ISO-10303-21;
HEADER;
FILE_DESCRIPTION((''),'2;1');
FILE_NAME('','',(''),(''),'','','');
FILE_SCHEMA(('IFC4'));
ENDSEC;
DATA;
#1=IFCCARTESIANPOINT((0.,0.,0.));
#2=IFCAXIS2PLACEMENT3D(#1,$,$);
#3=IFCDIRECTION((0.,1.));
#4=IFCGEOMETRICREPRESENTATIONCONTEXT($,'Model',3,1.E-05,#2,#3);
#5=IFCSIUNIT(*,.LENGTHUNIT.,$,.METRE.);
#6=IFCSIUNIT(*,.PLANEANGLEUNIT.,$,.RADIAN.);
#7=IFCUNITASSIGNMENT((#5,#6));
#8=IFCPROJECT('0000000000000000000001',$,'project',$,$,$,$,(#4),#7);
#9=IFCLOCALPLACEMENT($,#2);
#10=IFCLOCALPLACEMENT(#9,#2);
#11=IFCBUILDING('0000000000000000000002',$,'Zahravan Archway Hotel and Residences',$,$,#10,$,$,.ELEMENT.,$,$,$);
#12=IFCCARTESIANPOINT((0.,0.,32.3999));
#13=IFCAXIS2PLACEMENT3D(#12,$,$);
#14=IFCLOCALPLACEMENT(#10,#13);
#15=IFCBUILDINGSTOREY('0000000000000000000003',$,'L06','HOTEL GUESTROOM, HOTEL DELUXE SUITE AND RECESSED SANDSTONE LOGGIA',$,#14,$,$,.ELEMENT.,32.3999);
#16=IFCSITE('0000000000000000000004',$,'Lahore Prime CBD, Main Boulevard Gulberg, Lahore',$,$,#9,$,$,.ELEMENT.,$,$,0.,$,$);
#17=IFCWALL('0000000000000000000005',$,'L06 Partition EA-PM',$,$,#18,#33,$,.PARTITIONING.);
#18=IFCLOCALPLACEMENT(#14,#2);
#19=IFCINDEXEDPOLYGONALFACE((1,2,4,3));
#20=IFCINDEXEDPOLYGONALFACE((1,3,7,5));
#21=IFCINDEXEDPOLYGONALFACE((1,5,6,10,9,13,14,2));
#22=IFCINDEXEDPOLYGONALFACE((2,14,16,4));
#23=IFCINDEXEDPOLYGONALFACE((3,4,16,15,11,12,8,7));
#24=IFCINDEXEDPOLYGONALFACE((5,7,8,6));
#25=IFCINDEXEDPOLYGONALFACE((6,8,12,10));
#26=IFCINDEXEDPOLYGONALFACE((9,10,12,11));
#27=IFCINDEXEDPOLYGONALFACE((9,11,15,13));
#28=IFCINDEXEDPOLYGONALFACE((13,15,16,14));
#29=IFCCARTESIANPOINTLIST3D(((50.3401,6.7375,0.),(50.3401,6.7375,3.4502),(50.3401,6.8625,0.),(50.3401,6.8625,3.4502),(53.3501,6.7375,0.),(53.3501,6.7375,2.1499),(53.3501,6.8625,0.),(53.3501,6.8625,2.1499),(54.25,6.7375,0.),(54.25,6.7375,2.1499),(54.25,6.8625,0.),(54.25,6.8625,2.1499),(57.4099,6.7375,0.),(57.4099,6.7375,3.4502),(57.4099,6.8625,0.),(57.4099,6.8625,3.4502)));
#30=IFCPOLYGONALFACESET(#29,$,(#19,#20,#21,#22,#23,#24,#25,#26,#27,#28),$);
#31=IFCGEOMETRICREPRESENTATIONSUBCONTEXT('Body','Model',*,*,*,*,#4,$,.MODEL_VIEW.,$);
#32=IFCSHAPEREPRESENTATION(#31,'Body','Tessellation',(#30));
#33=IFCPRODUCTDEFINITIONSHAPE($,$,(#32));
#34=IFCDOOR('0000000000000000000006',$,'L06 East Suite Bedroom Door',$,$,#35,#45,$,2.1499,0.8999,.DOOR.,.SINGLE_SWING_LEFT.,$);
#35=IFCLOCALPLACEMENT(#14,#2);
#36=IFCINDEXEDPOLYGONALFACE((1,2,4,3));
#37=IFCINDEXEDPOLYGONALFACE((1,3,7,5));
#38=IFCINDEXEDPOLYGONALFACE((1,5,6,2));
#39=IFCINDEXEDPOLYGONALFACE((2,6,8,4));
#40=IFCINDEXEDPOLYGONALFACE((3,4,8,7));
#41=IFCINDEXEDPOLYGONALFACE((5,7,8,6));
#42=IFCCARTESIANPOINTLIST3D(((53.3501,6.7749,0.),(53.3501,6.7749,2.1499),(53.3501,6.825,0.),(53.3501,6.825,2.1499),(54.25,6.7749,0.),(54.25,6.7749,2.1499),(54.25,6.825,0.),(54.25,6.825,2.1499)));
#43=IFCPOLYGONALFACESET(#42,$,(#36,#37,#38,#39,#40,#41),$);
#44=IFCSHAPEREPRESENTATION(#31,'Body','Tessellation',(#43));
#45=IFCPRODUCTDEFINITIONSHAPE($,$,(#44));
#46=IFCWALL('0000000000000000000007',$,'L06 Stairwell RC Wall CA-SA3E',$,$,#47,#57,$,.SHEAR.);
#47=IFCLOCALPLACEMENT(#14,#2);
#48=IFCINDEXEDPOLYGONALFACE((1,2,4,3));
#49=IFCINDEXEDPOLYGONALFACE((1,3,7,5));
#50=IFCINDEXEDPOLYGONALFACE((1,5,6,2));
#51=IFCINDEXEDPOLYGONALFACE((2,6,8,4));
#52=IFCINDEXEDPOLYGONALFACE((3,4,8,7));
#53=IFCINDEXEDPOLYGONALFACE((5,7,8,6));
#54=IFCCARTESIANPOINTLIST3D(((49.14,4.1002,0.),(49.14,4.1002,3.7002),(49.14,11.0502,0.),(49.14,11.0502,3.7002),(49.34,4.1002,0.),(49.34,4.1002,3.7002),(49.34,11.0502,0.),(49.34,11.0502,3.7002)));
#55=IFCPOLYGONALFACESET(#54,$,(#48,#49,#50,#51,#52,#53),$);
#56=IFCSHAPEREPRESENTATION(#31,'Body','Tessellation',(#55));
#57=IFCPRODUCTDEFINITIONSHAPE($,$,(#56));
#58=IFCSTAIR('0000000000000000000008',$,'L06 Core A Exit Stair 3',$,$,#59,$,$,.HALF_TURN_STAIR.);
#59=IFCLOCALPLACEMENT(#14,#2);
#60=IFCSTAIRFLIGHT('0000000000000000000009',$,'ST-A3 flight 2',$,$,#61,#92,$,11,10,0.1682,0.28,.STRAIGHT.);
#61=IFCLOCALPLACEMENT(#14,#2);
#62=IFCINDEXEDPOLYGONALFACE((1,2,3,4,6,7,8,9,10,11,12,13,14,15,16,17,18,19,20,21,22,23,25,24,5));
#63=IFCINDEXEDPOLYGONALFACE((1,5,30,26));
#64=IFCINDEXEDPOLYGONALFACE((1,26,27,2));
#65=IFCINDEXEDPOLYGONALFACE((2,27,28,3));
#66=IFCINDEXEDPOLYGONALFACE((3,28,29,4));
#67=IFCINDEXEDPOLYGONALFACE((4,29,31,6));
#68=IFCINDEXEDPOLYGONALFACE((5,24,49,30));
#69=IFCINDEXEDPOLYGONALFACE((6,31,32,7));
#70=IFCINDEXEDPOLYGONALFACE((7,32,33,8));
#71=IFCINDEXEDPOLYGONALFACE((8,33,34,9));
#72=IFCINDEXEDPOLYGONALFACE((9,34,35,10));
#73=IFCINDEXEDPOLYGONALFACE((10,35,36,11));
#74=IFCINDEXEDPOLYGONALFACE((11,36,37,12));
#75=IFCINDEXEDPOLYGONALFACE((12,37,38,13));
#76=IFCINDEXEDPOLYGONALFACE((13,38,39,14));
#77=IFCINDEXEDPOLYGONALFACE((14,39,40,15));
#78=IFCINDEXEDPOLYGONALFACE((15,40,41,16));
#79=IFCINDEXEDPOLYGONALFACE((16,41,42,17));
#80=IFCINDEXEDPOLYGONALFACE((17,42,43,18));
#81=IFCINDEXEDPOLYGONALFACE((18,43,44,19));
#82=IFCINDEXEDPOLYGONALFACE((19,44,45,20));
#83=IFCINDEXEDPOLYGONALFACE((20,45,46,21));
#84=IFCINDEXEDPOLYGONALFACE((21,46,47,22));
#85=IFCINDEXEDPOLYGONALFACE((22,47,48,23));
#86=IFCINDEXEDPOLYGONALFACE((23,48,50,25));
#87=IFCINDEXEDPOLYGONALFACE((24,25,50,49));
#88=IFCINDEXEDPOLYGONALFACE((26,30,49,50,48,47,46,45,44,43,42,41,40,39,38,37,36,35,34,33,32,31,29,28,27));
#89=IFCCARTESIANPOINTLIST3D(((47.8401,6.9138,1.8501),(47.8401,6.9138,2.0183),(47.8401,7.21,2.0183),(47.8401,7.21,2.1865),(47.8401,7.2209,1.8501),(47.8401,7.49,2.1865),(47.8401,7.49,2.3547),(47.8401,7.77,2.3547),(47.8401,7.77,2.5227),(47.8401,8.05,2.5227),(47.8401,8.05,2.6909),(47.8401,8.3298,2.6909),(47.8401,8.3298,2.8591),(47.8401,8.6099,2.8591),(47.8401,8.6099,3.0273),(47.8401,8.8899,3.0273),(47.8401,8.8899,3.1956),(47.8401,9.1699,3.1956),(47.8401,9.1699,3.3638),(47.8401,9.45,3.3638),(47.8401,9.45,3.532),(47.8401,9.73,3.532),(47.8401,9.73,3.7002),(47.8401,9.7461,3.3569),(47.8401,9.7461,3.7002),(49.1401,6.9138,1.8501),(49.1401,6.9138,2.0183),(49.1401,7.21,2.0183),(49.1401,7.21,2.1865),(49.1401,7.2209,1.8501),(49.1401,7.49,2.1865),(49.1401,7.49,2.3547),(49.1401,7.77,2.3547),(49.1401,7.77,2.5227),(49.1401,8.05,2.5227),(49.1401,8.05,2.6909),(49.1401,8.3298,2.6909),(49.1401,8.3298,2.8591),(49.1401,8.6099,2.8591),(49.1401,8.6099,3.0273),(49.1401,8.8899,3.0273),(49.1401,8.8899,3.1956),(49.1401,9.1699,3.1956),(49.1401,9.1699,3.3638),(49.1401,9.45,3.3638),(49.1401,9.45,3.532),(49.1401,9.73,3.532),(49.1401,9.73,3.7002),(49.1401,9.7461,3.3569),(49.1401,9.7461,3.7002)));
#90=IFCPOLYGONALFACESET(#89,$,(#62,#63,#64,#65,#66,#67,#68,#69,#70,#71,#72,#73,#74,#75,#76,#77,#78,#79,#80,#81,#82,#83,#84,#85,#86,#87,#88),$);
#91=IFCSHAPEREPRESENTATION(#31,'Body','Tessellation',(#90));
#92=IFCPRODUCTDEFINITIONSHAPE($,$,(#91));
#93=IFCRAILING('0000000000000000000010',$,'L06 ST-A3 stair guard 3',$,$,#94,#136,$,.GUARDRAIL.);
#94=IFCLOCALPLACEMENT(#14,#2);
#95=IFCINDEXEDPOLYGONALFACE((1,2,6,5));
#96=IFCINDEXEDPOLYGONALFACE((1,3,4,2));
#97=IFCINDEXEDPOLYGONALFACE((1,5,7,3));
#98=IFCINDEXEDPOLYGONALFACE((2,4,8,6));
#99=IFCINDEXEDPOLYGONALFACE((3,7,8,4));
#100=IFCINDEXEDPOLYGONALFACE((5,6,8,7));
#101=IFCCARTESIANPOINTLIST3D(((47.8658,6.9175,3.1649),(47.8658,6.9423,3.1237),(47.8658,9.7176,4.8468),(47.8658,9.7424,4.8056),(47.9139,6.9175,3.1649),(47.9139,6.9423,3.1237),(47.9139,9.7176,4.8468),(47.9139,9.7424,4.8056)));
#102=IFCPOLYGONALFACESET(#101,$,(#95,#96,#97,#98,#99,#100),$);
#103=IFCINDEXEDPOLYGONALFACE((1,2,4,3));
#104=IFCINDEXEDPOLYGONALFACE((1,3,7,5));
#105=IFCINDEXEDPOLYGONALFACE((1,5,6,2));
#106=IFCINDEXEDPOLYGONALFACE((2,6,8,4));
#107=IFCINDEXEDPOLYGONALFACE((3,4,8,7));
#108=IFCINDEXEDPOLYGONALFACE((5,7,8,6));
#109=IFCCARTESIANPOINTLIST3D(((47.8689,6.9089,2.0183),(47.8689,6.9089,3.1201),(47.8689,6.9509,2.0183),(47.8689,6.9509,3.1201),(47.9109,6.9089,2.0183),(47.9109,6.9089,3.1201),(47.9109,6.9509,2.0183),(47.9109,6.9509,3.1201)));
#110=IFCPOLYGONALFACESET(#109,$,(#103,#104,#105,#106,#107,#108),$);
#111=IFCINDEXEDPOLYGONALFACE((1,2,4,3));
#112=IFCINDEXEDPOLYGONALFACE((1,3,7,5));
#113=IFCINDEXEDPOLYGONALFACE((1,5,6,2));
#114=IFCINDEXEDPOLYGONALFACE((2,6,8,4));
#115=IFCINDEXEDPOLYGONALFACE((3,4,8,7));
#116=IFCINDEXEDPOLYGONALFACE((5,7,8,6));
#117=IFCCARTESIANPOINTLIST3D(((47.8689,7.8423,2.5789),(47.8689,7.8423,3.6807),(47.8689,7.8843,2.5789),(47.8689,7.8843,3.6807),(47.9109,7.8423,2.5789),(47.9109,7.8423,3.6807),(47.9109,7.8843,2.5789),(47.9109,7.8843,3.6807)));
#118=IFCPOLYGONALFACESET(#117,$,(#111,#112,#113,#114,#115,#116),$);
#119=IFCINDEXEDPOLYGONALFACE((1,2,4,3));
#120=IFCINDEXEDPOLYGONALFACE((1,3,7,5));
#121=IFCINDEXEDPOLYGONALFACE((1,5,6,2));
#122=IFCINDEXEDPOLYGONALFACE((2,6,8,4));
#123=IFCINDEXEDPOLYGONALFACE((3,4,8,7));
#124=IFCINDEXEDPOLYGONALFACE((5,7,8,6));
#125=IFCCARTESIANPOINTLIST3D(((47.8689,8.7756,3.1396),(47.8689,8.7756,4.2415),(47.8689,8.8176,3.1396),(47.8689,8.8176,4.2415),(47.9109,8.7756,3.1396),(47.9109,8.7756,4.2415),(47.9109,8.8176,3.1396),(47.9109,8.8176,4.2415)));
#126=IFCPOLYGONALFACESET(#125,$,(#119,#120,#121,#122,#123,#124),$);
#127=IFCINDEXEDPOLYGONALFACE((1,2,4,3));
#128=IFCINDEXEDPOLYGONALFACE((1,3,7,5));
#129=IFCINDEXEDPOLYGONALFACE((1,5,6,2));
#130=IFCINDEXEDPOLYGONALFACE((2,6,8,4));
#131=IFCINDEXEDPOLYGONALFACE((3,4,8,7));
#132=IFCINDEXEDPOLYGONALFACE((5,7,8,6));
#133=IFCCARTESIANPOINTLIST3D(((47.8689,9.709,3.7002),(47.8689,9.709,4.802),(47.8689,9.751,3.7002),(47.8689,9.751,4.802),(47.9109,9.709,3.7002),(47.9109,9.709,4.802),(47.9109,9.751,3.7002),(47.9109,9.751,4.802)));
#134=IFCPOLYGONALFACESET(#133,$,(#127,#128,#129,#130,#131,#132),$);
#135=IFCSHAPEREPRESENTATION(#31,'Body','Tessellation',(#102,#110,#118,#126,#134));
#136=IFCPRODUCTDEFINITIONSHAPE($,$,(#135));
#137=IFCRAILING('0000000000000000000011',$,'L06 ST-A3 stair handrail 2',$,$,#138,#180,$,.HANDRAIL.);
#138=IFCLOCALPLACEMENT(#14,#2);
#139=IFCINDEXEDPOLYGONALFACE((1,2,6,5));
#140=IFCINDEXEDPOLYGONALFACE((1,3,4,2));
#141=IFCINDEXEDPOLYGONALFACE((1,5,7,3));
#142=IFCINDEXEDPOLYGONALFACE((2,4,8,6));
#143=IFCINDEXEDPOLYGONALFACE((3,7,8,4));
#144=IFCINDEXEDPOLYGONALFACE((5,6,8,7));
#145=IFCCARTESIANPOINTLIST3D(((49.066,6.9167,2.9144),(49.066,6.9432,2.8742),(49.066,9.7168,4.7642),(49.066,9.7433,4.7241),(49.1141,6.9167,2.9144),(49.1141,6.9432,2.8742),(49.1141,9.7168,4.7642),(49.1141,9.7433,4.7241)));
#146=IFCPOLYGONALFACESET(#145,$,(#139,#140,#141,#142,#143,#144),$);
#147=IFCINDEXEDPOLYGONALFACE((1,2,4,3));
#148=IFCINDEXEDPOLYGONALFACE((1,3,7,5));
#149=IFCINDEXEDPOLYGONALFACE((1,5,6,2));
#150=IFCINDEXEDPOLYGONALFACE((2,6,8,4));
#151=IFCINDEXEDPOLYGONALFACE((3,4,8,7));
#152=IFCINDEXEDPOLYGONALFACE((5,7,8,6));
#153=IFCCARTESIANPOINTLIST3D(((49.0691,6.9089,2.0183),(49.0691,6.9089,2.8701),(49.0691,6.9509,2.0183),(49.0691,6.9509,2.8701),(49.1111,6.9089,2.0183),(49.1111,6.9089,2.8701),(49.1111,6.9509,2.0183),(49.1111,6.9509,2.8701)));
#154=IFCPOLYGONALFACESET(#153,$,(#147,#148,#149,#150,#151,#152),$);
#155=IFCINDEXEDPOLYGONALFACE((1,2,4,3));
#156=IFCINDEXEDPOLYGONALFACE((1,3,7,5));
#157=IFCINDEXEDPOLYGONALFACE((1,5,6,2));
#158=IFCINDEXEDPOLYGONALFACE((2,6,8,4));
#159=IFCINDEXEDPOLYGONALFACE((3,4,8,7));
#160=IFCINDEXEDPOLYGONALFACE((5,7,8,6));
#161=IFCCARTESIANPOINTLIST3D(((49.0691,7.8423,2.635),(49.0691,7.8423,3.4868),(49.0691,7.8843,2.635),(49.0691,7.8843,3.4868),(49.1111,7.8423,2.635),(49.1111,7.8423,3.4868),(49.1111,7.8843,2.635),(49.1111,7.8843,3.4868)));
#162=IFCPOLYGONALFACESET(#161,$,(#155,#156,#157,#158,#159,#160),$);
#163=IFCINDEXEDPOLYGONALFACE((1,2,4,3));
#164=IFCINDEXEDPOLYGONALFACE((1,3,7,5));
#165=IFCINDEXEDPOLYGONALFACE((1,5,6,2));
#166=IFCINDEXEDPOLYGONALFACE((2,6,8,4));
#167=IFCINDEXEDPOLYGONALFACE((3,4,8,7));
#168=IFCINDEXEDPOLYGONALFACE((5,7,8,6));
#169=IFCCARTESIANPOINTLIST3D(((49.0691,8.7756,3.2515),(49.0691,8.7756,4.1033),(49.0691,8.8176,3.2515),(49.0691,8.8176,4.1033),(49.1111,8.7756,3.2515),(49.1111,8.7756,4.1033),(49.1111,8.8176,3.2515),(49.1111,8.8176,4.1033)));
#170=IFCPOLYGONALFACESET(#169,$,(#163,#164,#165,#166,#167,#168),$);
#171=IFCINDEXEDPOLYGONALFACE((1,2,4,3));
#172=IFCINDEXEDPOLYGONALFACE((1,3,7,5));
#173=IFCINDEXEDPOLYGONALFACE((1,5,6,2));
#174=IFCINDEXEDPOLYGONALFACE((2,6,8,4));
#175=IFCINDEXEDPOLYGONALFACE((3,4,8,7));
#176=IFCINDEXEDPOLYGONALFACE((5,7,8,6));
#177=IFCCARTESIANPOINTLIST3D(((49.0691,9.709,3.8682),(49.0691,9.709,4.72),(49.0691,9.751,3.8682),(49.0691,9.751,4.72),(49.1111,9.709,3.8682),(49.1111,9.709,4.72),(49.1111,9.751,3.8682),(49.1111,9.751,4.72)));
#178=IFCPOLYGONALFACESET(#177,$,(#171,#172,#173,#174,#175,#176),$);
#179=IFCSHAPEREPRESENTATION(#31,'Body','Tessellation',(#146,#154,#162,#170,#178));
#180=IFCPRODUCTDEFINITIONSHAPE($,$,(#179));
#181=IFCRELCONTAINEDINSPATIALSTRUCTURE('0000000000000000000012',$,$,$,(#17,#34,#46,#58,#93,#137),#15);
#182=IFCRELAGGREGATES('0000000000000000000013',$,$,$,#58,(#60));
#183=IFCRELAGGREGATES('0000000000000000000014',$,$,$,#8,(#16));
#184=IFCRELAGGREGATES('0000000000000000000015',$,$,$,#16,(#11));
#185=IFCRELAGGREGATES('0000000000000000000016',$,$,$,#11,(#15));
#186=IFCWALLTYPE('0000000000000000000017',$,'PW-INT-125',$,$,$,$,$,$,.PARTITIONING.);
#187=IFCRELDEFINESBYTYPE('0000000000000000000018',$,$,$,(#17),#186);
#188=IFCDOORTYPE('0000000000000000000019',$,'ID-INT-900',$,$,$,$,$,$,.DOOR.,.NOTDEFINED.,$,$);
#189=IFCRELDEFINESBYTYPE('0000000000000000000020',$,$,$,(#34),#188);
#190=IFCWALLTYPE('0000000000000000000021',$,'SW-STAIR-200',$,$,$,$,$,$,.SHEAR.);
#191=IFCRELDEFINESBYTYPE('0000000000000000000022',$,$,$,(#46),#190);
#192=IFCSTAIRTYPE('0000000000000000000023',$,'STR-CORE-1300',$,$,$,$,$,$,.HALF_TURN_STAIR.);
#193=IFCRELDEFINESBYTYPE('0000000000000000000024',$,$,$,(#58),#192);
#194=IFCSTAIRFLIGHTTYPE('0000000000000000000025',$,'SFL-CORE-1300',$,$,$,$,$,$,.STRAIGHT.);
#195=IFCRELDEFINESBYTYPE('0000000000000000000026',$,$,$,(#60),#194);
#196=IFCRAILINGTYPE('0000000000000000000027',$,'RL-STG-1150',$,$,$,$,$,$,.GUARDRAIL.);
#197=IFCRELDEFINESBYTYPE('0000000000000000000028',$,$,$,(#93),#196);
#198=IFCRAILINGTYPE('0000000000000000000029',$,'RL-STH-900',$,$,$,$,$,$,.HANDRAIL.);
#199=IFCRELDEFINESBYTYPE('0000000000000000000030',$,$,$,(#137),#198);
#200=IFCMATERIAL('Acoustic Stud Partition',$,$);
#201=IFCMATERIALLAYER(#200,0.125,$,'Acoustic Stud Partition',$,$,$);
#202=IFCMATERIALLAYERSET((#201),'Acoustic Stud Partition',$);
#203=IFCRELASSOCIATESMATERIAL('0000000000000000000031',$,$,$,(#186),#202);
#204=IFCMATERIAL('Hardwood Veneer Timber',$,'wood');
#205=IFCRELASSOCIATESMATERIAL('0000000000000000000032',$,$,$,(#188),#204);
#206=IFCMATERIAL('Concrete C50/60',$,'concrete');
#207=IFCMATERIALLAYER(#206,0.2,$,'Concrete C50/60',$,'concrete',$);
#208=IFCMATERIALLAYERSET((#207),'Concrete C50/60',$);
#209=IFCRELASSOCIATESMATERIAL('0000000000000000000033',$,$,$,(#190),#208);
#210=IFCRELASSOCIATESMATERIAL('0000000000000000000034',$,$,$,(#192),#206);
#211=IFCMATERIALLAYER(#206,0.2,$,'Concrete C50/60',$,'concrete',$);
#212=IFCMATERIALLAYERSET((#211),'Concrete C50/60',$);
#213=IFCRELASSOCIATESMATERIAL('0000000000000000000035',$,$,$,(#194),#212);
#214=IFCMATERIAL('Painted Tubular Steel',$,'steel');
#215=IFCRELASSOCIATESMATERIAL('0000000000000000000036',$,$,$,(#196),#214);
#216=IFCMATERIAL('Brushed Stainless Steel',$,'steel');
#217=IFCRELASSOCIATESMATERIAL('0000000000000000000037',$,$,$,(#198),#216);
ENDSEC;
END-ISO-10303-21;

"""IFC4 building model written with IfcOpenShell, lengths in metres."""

from ifc_helpers import new_model, si_unit, direction, frame, frame_2d, origin, origin_2d, place, context, subcontext, project, spatial, polyline, rectangle, outline, extrude, source, transform, mapped, material, layer, layer_set, type_object, type_shapes, element, fill, aggregate, save


model = new_model("IFC4")

# Units and contexts
model_context = context("Model", 3, precision=1e-05, world=origin(), true_north=direction((0.0, 1.0)))
body_context = subcontext(model_context, "Body", "Model", "MODEL_VIEW")
ifc_project = project(units=[si_unit("LENGTHUNIT", "METRE"), si_unit("PLANEANGLEUNIT", "RADIAN")], contexts=[model_context])

# Site, building, storey
site_placement = place(None, origin())
site = spatial("IfcSite", under=ifc_project, at=site_placement, Name="Lahore Prime CBD, Main Boulevard Gulberg, Lahore", CompositionType="ELEMENT", RefElevation=0.0)
building_placement = place(site_placement, origin())
building = spatial("IfcBuilding", under=site, at=building_placement, Name="Zahravan Archway Hotel and Residences", CompositionType="ELEMENT")
storey_placement = place(building_placement, frame((0.0, 0.0, 32.3999)))
storey = spatial("IfcBuildingStorey", under=building, at=storey_placement, Name="L06", Description="HOTEL GUESTROOM, HOTEL DELUXE SUITE AND RECESSED SANDSTONE LOGGIA", CompositionType="ELEMENT", Elevation=32.3999)

# Wall, opening, door
ifc_material_1 = material(Name="Acoustic Stud Partition")
ifc_layer_1 = layer(ifc_material_1, 0.125, Name="Acoustic Stud Partition")
ifc_layer_set_1 = layer_set([ifc_layer_1], Name="Acoustic Stud Partition")
wall_type_1 = type_object("IfcWallType", Name="PW-INT-125", PredefinedType="PARTITIONING", material=ifc_layer_set_1)
wall_1_placement = place(storey_placement, frame((50.3401, 6.8, 0.0), z_axis=(0.0, 0.0, 1.0), x_axis=(1.0, 0.0, 0.0)))
wall_1 = element("IfcWall", 1, at=wall_1_placement, inside=storey, type_object=wall_type_1, Name="L06 Partition EA-PM", PredefinedType="PARTITIONING", context=body_context, shape_type="SweptSolid", body=[
    extrude(rectangle(XDim=7.0698, YDim=0.125, at=frame_2d((3.5349, 0.0))), origin(), (0.0, 0.0, 1.0), 3.4502),
])
opening_1_placement = place(wall_1_placement, frame((3.01, 0.0, 0.0)))
opening_1 = element("IfcOpeningElement", 2, at=opening_1_placement, cuts=wall_1, PredefinedType="OPENING", context=body_context, shape_type="SweptSolid", body=[
    extrude(rectangle(XDim=0.8999, YDim=2.1499, at=frame_2d((0.45, 1.075))), frame((0.0, 0.0725, 0.0), z_axis=(0.0, -1.0, 0.0), x_axis=(1.0, 0.0, 0.0)), (0.0, 0.0, 1.0), 0.145),
])
ifc_material_2 = material(Name="Hardwood Veneer Timber", Category="wood")
door_type_1 = type_object("IfcDoorType", Name="ID-INT-900", OperationType="NOTDEFINED", PredefinedType="DOOR", material=ifc_material_2)
shared_shape_1 = source(origin(), body_context, "Body", "SweptSolid", [
    extrude(rectangle(XDim=0.8999, YDim=2.1499, at=frame_2d((0.45, 1.075))), frame((0.0, 0.0249, 0.0), z_axis=(0.0, -1.0, 0.0), x_axis=(1.0, 0.0, 0.0)), (0.0, 0.0, 1.0), 0.05),
])
type_shapes(door_type_1, [shared_shape_1])
door_1_placement = place(opening_1_placement, origin())
door_1 = element("IfcDoor", 3, at=door_1_placement, inside=storey, type_object=door_type_1, Name="L06 East Suite Bedroom Door", OperationType="SINGLE_SWING_LEFT", OverallHeight=2.1499, OverallWidth=0.8999, PredefinedType="DOOR", context=body_context, shape_type="MappedRepresentation", body=[
    mapped(shared_shape_1, transform((0.0, 0.0, 0.0), scale=1.0)),
])
fill(opening_1, door_1)

# Wall
ifc_material_3 = material(Name="Concrete C50/60", Category="concrete")
ifc_layer_2 = layer(ifc_material_3, 0.2, Name="Concrete C50/60", Category="concrete")
ifc_layer_set_2 = layer_set([ifc_layer_2], Name="Concrete C50/60")
wall_type_2 = type_object("IfcWallType", Name="SW-STAIR-200", PredefinedType="SHEAR", material=ifc_layer_set_2)
wall_2_placement = place(storey_placement, frame((49.24, 4.1001, 0.0), z_axis=(0.0, 0.0, 1.0), x_axis=(0.0, 1.0, 0.0)))
element("IfcWall", 4, at=wall_2_placement, inside=storey, type_object=wall_type_2, Name="L06 Stairwell RC Wall CA-SA3E", PredefinedType="SHEAR", context=body_context, shape_type="SweptSolid", body=[
    extrude(rectangle(XDim=6.95, YDim=0.2, at=frame_2d((3.4751, 0.0))), origin(), (0.0, 0.0, 1.0), 3.7002),
])

# Stair, stair flight
stair_type = type_object("IfcStairType", Name="STR-CORE-1300", PredefinedType="HALF_TURN_STAIR", material=ifc_material_3)
stair_placement = place(storey_placement, origin())
stair = element("IfcStair", 5, at=stair_placement, inside=storey, type_object=stair_type, Name="L06 Core A Exit Stair 3", PredefinedType="HALF_TURN_STAIR")
ifc_layer_3 = layer(ifc_material_3, 0.2, Name="Concrete C50/60", Category="concrete")
ifc_layer_set_3 = layer_set([ifc_layer_3], Name="Concrete C50/60")
stair_flight_type = type_object("IfcStairFlightType", Name="SFL-CORE-1300", PredefinedType="STRAIGHT", material=ifc_layer_set_3)
shared_shape_2 = source(origin(), body_context, "Body", "SweptSolid", [
    extrude(outline(polyline([(-0.0161, 0.0), (-0.0161, 0.1682), (0.28, 0.1682), (0.28, 0.3364), (0.5601, 0.3364), (0.5601, 0.5046), (0.8401, 0.5046), (0.8401, 0.6726), (1.1201, 0.6726), (1.1201, 0.8408), (1.3999, 0.8408), (1.3999, 1.009), (1.6799, 1.009), (1.6799, 1.1772), (1.96, 1.1772), (1.96, 1.3455), (2.24, 1.3455), (2.24, 1.5137), (2.52, 1.5137), (2.52, 1.6819), (2.8, 1.6819), (2.8, 1.8501), (2.8162, 1.8501), (2.8162, 1.5068), (0.291, 0.0), (-0.0161, 0.0)])), frame((0.0, 0.6499, 0.0), z_axis=(0.0, -1.0, 0.0), x_axis=(1.0, 0.0, 0.0)), (0.0, 0.0, 1.0), 1.3),
])
stair_flight_placement = place(storey_placement, frame((48.49, 6.9299, 1.8501), z_axis=(0.0, 0.0, 1.0), x_axis=(0.0, 1.0, 0.0)))
stair_flight = element("IfcStairFlight", 6, at=stair_flight_placement, type_object=stair_flight_type, Name="ST-A3 flight 2", NumberOfRisers=11, NumberOfTreads=10, PredefinedType="STRAIGHT", RiserHeight=0.1682, TreadLength=0.28, context=body_context, shape_type="MappedRepresentation", body=[
    mapped(shared_shape_2, transform((0.0, 0.0, 0.0), scale=1.0)),
])
aggregate(stair, [stair_flight])

# Railings
ifc_material_4 = material(Name="Painted Tubular Steel", Category="steel")
railing_type_1 = type_object("IfcRailingType", Name="RL-STG-1150", PredefinedType="GUARDRAIL", material=ifc_material_4)
railing_1_placement = place(storey_placement, frame((47.8899, 6.9299, 2.0183)))
element("IfcRailing", 7, at=railing_1_placement, inside=storey, type_object=railing_type_1, Name="L06 ST-A3 stair guard 3", PredefinedType="GUARDRAIL", context=body_context, shape_type="SweptSolid", body=[
    extrude(rectangle(XDim=0.0481, YDim=0.0481, at=origin_2d()), frame((0.0, 0.0, 1.126), z_axis=(0.0, 0.857242, 0.514913), x_axis=(-1.0, 0.0, 0.0)), (0.0, 0.0, 1.0), 3.2664),
    extrude(rectangle(XDim=0.042, YDim=0.042, at=origin_2d()), origin(), (0.0, 0.0, 1.0), 1.1018),
    extrude(rectangle(XDim=0.042, YDim=0.042, at=origin_2d()), frame((0.0, 0.9333, 0.5605)), (0.0, 0.0, 1.0), 1.1018),
    extrude(rectangle(XDim=0.042, YDim=0.042, at=origin_2d()), frame((0.0, 1.8667, 1.1213)), (0.0, 0.0, 1.0), 1.1018),
    extrude(rectangle(XDim=0.042, YDim=0.042, at=origin_2d()), frame((0.0, 2.8, 1.6819)), (0.0, 0.0, 1.0), 1.1018),
])
ifc_material_5 = material(Name="Brushed Stainless Steel", Category="steel")
railing_type_2 = type_object("IfcRailingType", Name="RL-STH-900", PredefinedType="HANDRAIL", material=ifc_material_5)
railing_2_placement = place(storey_placement, frame((49.0901, 6.9299, 2.0183)))
element("IfcRailing", 8, at=railing_2_placement, inside=storey, type_object=railing_type_2, Name="L06 ST-A3 stair handrail 2", PredefinedType="HANDRAIL", context=body_context, shape_type="SweptSolid", body=[
    extrude(rectangle(XDim=0.0481, YDim=0.0481, at=origin_2d()), frame((0.0, 0.0, 0.876), z_axis=(0.0, 0.83436, 0.55122), x_axis=(-1.0, 0.0, 0.0)), (0.0, 0.0, 1.0), 3.356),
    extrude(rectangle(XDim=0.042, YDim=0.042, at=origin_2d()), origin(), (0.0, 0.0, 1.0), 0.8518),
    extrude(rectangle(XDim=0.042, YDim=0.042, at=origin_2d()), frame((0.0, 0.9333, 0.6167)), (0.0, 0.0, 1.0), 0.8518),
    extrude(rectangle(XDim=0.042, YDim=0.042, at=origin_2d()), frame((0.0, 1.8667, 1.2332)), (0.0, 0.0, 1.0), 0.8518),
    extrude(rectangle(XDim=0.042, YDim=0.042, at=origin_2d()), frame((0.0, 2.8, 1.8499)), (0.0, 0.0, 1.0), 0.8518),
])

save(model, "model.ifc")
